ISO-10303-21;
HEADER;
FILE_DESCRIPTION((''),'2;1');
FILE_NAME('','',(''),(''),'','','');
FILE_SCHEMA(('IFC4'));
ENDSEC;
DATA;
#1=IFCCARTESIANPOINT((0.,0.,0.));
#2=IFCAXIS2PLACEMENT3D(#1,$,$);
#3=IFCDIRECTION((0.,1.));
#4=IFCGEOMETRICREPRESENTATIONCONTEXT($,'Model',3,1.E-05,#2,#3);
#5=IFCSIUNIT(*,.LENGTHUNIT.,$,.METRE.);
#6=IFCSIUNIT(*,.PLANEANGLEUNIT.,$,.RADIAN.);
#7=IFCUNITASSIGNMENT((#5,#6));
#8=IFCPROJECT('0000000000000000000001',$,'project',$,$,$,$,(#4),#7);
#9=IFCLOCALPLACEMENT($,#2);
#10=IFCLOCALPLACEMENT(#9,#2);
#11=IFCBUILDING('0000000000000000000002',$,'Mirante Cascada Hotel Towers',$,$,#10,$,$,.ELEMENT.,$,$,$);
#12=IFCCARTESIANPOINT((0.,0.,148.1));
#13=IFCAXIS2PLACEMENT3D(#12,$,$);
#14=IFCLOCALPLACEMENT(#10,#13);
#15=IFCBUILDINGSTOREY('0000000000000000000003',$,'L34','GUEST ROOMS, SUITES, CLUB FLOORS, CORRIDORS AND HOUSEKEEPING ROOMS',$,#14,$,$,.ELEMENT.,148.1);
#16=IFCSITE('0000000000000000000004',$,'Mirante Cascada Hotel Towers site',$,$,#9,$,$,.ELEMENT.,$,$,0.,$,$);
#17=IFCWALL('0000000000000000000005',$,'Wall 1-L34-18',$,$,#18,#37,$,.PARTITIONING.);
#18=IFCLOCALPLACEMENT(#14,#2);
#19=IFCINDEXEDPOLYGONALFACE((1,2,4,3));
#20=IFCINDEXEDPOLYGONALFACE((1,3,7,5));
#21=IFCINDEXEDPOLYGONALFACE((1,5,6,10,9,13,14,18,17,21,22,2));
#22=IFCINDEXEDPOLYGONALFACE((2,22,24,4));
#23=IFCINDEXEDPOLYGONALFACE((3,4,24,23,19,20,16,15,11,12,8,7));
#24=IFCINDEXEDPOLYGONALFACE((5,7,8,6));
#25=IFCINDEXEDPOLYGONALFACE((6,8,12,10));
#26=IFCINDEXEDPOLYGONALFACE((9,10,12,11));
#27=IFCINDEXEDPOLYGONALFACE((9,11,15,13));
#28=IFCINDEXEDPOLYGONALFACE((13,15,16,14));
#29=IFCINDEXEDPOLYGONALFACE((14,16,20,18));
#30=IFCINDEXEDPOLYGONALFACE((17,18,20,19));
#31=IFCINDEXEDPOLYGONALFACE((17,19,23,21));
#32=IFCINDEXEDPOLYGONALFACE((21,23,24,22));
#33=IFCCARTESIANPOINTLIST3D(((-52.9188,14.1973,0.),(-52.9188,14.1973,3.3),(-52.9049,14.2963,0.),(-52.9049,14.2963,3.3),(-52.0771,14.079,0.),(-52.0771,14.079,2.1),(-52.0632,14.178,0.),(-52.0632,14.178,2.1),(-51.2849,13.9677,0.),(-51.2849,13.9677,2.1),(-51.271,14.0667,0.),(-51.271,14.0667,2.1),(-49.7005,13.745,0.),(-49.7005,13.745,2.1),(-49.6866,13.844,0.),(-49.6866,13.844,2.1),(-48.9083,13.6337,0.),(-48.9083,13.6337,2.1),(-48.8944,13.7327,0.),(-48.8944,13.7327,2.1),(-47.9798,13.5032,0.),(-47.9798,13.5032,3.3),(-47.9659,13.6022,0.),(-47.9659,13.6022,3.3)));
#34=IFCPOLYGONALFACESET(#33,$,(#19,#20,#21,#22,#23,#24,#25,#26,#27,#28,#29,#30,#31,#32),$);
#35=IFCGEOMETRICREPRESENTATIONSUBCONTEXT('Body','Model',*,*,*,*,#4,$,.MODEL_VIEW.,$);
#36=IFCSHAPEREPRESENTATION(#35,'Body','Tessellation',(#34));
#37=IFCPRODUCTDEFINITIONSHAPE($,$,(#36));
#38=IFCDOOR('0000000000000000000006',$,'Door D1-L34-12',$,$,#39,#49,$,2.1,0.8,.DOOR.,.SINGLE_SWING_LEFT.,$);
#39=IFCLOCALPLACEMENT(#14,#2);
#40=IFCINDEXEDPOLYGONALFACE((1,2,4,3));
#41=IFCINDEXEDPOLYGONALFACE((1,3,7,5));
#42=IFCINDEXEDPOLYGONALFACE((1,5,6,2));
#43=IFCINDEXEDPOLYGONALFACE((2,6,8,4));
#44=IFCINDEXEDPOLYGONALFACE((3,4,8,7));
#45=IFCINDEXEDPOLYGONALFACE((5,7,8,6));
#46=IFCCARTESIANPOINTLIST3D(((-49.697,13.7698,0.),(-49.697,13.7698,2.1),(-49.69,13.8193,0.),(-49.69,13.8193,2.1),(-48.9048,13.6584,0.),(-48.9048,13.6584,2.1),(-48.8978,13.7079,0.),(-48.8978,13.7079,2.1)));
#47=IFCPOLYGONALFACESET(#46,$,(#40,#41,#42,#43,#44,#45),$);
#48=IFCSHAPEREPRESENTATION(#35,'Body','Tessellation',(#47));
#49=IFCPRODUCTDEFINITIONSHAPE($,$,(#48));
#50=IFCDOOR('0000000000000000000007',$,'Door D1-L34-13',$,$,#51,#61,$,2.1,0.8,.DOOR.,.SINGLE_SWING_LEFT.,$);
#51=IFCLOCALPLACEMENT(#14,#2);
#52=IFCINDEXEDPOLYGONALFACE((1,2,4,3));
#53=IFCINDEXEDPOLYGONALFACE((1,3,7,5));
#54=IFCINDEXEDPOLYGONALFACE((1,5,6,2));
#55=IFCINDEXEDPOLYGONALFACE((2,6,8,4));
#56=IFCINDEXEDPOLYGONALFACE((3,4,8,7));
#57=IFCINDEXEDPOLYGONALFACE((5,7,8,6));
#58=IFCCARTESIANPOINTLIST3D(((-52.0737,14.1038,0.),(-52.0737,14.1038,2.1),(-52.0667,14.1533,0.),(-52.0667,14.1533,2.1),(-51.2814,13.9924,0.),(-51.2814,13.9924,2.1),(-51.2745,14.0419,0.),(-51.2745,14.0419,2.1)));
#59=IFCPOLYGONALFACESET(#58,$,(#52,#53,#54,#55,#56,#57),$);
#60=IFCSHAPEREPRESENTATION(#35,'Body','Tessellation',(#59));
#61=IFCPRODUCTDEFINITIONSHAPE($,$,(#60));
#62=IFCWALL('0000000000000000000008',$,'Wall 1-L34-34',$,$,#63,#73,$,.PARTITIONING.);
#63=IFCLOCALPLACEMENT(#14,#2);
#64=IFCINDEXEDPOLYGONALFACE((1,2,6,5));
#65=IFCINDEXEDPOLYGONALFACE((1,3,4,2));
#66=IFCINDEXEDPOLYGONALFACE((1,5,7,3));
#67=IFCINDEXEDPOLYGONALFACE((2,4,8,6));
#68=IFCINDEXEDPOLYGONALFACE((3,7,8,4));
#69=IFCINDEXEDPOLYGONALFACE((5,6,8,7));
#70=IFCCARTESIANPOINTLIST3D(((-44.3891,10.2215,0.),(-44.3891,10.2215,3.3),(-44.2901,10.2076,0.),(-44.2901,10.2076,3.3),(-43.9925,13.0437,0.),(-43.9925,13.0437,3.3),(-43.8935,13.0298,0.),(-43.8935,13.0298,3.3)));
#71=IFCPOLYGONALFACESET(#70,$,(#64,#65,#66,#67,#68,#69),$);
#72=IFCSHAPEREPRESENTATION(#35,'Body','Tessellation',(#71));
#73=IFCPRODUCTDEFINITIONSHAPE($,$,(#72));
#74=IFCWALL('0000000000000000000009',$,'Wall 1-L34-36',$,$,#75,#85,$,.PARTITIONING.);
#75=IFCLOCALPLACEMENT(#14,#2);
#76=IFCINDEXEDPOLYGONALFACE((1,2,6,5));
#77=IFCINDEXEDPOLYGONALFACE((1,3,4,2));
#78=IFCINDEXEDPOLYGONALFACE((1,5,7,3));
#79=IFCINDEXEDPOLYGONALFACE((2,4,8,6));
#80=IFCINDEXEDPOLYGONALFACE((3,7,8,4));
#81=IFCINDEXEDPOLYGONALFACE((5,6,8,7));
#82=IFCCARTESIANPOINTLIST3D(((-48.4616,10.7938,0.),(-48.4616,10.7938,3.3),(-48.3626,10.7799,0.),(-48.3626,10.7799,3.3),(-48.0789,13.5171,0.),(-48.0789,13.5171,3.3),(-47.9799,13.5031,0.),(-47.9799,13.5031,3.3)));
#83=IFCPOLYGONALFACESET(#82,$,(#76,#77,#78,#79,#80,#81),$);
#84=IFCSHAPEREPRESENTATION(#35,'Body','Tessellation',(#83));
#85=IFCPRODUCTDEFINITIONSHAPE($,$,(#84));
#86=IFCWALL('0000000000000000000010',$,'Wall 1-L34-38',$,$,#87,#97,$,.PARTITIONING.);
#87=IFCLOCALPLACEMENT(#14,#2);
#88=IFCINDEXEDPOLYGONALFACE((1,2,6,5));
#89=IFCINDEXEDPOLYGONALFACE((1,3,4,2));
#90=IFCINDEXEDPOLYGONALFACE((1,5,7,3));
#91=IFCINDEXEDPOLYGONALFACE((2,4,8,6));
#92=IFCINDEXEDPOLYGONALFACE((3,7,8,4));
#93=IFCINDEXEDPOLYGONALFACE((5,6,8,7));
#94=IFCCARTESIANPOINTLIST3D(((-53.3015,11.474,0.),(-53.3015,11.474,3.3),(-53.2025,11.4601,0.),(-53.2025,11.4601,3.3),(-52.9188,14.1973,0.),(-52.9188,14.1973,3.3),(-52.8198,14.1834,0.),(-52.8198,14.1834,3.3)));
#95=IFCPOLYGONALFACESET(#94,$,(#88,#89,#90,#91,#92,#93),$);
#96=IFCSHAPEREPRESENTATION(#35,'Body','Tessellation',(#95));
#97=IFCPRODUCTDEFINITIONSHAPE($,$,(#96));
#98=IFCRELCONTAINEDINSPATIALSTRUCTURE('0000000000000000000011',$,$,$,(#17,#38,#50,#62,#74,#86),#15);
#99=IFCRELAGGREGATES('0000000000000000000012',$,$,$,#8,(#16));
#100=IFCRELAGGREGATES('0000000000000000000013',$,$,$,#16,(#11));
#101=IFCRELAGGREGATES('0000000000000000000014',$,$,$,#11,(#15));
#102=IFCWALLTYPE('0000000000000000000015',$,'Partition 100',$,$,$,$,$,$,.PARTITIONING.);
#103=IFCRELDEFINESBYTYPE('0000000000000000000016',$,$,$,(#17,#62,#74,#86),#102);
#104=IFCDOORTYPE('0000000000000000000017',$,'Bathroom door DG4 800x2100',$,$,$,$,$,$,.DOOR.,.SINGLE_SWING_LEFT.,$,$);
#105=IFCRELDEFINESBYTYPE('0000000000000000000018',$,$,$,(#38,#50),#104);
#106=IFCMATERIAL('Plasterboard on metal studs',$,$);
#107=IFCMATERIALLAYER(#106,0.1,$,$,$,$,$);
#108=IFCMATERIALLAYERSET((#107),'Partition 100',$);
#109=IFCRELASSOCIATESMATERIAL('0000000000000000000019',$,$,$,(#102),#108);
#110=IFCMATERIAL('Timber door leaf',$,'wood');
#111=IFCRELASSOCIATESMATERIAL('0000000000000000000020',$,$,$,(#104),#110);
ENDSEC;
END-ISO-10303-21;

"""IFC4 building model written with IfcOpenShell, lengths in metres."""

from ifc_helpers import new_model, si_unit, direction, frame, frame_2d, origin, place, context, subcontext, project, spatial, rectangle, extrude, material, layer, layer_set, type_object, element, fill, save


model = new_model("IFC4")

# Units and contexts
model_context = context("Model", 3, precision=1e-05, world=origin(), true_north=direction((0.0, 1.0)))
body_context = subcontext(model_context, "Body", "Model", "MODEL_VIEW")
ifc_project = project(units=[si_unit("LENGTHUNIT", "METRE"), si_unit("PLANEANGLEUNIT", "RADIAN")], contexts=[model_context])

# Site, building, storey
site_placement = place(None, origin())
site = spatial("IfcSite", under=ifc_project, at=site_placement, Name="Mirante Cascada Hotel Towers site", CompositionType="ELEMENT", RefElevation=0.0)
building_placement = place(site_placement, origin())
building = spatial("IfcBuilding", under=site, at=building_placement, Name="Mirante Cascada Hotel Towers", CompositionType="ELEMENT")
storey_placement = place(building_placement, frame((0.0, 0.0, 148.1)))
storey = spatial("IfcBuildingStorey", under=building, at=storey_placement, Name="L34", Description="GUEST ROOMS, SUITES, CLUB FLOORS, CORRIDORS AND HOUSEKEEPING ROOMS", CompositionType="ELEMENT", Elevation=148.1)

# Wall, openings, doors
ifc_material_1 = material(Name="Plasterboard on metal studs")
ifc_layer_1 = layer(ifc_material_1, 0.1)
ifc_layer_set_1 = layer_set([ifc_layer_1], Name="Partition 100")
wall_type_1 = type_object("IfcWallType", Name="Partition 100", PredefinedType="PARTITIONING", material=ifc_layer_set_1)
wall_1_placement = place(storey_placement, frame((-52.9119, 14.2468, 0.0), z_axis=(0.0, 0.0, 1.0), x_axis=(0.990269, -0.139167, 0.0)))
wall_1 = element("IfcWall", 1, at=wall_1_placement, inside=storey, type_object=wall_type_1, Name="Wall 1-L34-18", PredefinedType="PARTITIONING", context=body_context, shape_type="SweptSolid", body=[
    extrude(rectangle(XDim=4.9875, YDim=0.1, at=frame_2d((2.4938, 0.0))), origin(), (0.0, 0.0, 1.0), 3.3),
])
opening_1_placement = place(wall_1_placement, frame((3.25, 0.0, 0.0)))
opening_1 = element("IfcOpeningElement", 2, at=opening_1_placement, cuts=wall_1, PredefinedType="OPENING", context=body_context, shape_type="SweptSolid", body=[
    extrude(rectangle(XDim=0.8, YDim=2.1, at=frame_2d((0.4, 1.05))), frame((0.0, 0.05, 0.0), z_axis=(0.0, -1.0, 0.0), x_axis=(1.0, 0.0, 0.0)), (0.0, 0.0, 1.0), 0.1),
])
opening_2_placement = place(wall_1_placement, frame((0.85, 0.0, 0.0)))
opening_2 = element("IfcOpeningElement", 3, at=opening_2_placement, cuts=wall_1, PredefinedType="OPENING", context=body_context, shape_type="SweptSolid", body=[
    extrude(rectangle(XDim=0.8, YDim=2.1, at=frame_2d((0.4, 1.05))), frame((0.0, 0.05, 0.0), z_axis=(0.0, -1.0, 0.0), x_axis=(1.0, 0.0, 0.0)), (0.0, 0.0, 1.0), 0.1),
])
ifc_material_2 = material(Name="Timber door leaf", Category="wood")
door_type_1 = type_object("IfcDoorType", Name="Bathroom door DG4 800x2100", OperationType="SINGLE_SWING_LEFT", PredefinedType="DOOR", material=ifc_material_2)
door_1_placement = place(opening_1_placement, origin())
door_1 = element("IfcDoor", 4, at=door_1_placement, inside=storey, type_object=door_type_1, Name="Door D1-L34-12", OperationType="SINGLE_SWING_LEFT", OverallHeight=2.1, OverallWidth=0.8, PredefinedType="DOOR", context=body_context, shape_type="SweptSolid", body=[
    extrude(rectangle(XDim=0.8, YDim=2.1, at=frame_2d((0.4, 1.05))), frame((0.0, 0.025, 0.0), z_axis=(0.0, -1.0, 0.0), x_axis=(1.0, 0.0, 0.0)), (0.0, 0.0, 1.0), 0.05),
])
fill(opening_1, door_1)
door_2_placement = place(opening_2_placement, origin())
door_2 = element("IfcDoor", 5, at=door_2_placement, inside=storey, type_object=door_type_1, Name="Door D1-L34-13", OperationType="SINGLE_SWING_LEFT", OverallHeight=2.1, OverallWidth=0.8, PredefinedType="DOOR", context=body_context, shape_type="SweptSolid", body=[
    extrude(rectangle(XDim=0.8, YDim=2.1, at=frame_2d((0.4, 1.05))), frame((0.0, 0.025, 0.0), z_axis=(0.0, -1.0, 0.0), x_axis=(1.0, 0.0, 0.0)), (0.0, 0.0, 1.0), 0.05),
])
fill(opening_2, door_2)

# Walls
wall_2_placement = place(storey_placement, frame((-43.943, 13.0368, 0.0), z_axis=(0.0, 0.0, 1.0), x_axis=(-0.139161, -0.99027, 0.0)))
element("IfcWall", 6, at=wall_2_placement, inside=storey, type_object=wall_type_1, Name="Wall 1-L34-34", PredefinedType="PARTITIONING", context=body_context, shape_type="SweptSolid", body=[
    extrude(rectangle(XDim=2.8499, YDim=0.1, at=frame_2d((1.425, 0.0))), origin(), (0.0, 0.0, 1.0), 3.3),
])
wall_3_placement = place(storey_placement, frame((-48.0294, 13.5101, 0.0), z_axis=(0.0, 0.0, 1.0), x_axis=(-0.139166, -0.990269, 0.0)))
element("IfcWall", 7, at=wall_3_placement, inside=storey, type_object=wall_type_1, Name="Wall 1-L34-36", PredefinedType="PARTITIONING", context=body_context, shape_type="SweptSolid", body=[
    extrude(rectangle(XDim=2.75, YDim=0.1, at=frame_2d((1.375, 0.0))), origin(), (0.0, 0.0, 1.0), 3.3),
])
wall_4_placement = place(storey_placement, frame((-52.8693, 14.1904, 0.0), z_axis=(0.0, 0.0, 1.0), x_axis=(-0.139161, -0.99027, 0.0)))
element("IfcWall", 8, at=wall_4_placement, inside=storey, type_object=wall_type_1, Name="Wall 1-L34-38", PredefinedType="PARTITIONING", context=body_context, shape_type="SweptSolid", body=[
    extrude(rectangle(XDim=2.7501, YDim=0.1, at=frame_2d((1.3751, 0.0))), origin(), (0.0, 0.0, 1.0), 3.3),
])

save(model, "model.ifc")
